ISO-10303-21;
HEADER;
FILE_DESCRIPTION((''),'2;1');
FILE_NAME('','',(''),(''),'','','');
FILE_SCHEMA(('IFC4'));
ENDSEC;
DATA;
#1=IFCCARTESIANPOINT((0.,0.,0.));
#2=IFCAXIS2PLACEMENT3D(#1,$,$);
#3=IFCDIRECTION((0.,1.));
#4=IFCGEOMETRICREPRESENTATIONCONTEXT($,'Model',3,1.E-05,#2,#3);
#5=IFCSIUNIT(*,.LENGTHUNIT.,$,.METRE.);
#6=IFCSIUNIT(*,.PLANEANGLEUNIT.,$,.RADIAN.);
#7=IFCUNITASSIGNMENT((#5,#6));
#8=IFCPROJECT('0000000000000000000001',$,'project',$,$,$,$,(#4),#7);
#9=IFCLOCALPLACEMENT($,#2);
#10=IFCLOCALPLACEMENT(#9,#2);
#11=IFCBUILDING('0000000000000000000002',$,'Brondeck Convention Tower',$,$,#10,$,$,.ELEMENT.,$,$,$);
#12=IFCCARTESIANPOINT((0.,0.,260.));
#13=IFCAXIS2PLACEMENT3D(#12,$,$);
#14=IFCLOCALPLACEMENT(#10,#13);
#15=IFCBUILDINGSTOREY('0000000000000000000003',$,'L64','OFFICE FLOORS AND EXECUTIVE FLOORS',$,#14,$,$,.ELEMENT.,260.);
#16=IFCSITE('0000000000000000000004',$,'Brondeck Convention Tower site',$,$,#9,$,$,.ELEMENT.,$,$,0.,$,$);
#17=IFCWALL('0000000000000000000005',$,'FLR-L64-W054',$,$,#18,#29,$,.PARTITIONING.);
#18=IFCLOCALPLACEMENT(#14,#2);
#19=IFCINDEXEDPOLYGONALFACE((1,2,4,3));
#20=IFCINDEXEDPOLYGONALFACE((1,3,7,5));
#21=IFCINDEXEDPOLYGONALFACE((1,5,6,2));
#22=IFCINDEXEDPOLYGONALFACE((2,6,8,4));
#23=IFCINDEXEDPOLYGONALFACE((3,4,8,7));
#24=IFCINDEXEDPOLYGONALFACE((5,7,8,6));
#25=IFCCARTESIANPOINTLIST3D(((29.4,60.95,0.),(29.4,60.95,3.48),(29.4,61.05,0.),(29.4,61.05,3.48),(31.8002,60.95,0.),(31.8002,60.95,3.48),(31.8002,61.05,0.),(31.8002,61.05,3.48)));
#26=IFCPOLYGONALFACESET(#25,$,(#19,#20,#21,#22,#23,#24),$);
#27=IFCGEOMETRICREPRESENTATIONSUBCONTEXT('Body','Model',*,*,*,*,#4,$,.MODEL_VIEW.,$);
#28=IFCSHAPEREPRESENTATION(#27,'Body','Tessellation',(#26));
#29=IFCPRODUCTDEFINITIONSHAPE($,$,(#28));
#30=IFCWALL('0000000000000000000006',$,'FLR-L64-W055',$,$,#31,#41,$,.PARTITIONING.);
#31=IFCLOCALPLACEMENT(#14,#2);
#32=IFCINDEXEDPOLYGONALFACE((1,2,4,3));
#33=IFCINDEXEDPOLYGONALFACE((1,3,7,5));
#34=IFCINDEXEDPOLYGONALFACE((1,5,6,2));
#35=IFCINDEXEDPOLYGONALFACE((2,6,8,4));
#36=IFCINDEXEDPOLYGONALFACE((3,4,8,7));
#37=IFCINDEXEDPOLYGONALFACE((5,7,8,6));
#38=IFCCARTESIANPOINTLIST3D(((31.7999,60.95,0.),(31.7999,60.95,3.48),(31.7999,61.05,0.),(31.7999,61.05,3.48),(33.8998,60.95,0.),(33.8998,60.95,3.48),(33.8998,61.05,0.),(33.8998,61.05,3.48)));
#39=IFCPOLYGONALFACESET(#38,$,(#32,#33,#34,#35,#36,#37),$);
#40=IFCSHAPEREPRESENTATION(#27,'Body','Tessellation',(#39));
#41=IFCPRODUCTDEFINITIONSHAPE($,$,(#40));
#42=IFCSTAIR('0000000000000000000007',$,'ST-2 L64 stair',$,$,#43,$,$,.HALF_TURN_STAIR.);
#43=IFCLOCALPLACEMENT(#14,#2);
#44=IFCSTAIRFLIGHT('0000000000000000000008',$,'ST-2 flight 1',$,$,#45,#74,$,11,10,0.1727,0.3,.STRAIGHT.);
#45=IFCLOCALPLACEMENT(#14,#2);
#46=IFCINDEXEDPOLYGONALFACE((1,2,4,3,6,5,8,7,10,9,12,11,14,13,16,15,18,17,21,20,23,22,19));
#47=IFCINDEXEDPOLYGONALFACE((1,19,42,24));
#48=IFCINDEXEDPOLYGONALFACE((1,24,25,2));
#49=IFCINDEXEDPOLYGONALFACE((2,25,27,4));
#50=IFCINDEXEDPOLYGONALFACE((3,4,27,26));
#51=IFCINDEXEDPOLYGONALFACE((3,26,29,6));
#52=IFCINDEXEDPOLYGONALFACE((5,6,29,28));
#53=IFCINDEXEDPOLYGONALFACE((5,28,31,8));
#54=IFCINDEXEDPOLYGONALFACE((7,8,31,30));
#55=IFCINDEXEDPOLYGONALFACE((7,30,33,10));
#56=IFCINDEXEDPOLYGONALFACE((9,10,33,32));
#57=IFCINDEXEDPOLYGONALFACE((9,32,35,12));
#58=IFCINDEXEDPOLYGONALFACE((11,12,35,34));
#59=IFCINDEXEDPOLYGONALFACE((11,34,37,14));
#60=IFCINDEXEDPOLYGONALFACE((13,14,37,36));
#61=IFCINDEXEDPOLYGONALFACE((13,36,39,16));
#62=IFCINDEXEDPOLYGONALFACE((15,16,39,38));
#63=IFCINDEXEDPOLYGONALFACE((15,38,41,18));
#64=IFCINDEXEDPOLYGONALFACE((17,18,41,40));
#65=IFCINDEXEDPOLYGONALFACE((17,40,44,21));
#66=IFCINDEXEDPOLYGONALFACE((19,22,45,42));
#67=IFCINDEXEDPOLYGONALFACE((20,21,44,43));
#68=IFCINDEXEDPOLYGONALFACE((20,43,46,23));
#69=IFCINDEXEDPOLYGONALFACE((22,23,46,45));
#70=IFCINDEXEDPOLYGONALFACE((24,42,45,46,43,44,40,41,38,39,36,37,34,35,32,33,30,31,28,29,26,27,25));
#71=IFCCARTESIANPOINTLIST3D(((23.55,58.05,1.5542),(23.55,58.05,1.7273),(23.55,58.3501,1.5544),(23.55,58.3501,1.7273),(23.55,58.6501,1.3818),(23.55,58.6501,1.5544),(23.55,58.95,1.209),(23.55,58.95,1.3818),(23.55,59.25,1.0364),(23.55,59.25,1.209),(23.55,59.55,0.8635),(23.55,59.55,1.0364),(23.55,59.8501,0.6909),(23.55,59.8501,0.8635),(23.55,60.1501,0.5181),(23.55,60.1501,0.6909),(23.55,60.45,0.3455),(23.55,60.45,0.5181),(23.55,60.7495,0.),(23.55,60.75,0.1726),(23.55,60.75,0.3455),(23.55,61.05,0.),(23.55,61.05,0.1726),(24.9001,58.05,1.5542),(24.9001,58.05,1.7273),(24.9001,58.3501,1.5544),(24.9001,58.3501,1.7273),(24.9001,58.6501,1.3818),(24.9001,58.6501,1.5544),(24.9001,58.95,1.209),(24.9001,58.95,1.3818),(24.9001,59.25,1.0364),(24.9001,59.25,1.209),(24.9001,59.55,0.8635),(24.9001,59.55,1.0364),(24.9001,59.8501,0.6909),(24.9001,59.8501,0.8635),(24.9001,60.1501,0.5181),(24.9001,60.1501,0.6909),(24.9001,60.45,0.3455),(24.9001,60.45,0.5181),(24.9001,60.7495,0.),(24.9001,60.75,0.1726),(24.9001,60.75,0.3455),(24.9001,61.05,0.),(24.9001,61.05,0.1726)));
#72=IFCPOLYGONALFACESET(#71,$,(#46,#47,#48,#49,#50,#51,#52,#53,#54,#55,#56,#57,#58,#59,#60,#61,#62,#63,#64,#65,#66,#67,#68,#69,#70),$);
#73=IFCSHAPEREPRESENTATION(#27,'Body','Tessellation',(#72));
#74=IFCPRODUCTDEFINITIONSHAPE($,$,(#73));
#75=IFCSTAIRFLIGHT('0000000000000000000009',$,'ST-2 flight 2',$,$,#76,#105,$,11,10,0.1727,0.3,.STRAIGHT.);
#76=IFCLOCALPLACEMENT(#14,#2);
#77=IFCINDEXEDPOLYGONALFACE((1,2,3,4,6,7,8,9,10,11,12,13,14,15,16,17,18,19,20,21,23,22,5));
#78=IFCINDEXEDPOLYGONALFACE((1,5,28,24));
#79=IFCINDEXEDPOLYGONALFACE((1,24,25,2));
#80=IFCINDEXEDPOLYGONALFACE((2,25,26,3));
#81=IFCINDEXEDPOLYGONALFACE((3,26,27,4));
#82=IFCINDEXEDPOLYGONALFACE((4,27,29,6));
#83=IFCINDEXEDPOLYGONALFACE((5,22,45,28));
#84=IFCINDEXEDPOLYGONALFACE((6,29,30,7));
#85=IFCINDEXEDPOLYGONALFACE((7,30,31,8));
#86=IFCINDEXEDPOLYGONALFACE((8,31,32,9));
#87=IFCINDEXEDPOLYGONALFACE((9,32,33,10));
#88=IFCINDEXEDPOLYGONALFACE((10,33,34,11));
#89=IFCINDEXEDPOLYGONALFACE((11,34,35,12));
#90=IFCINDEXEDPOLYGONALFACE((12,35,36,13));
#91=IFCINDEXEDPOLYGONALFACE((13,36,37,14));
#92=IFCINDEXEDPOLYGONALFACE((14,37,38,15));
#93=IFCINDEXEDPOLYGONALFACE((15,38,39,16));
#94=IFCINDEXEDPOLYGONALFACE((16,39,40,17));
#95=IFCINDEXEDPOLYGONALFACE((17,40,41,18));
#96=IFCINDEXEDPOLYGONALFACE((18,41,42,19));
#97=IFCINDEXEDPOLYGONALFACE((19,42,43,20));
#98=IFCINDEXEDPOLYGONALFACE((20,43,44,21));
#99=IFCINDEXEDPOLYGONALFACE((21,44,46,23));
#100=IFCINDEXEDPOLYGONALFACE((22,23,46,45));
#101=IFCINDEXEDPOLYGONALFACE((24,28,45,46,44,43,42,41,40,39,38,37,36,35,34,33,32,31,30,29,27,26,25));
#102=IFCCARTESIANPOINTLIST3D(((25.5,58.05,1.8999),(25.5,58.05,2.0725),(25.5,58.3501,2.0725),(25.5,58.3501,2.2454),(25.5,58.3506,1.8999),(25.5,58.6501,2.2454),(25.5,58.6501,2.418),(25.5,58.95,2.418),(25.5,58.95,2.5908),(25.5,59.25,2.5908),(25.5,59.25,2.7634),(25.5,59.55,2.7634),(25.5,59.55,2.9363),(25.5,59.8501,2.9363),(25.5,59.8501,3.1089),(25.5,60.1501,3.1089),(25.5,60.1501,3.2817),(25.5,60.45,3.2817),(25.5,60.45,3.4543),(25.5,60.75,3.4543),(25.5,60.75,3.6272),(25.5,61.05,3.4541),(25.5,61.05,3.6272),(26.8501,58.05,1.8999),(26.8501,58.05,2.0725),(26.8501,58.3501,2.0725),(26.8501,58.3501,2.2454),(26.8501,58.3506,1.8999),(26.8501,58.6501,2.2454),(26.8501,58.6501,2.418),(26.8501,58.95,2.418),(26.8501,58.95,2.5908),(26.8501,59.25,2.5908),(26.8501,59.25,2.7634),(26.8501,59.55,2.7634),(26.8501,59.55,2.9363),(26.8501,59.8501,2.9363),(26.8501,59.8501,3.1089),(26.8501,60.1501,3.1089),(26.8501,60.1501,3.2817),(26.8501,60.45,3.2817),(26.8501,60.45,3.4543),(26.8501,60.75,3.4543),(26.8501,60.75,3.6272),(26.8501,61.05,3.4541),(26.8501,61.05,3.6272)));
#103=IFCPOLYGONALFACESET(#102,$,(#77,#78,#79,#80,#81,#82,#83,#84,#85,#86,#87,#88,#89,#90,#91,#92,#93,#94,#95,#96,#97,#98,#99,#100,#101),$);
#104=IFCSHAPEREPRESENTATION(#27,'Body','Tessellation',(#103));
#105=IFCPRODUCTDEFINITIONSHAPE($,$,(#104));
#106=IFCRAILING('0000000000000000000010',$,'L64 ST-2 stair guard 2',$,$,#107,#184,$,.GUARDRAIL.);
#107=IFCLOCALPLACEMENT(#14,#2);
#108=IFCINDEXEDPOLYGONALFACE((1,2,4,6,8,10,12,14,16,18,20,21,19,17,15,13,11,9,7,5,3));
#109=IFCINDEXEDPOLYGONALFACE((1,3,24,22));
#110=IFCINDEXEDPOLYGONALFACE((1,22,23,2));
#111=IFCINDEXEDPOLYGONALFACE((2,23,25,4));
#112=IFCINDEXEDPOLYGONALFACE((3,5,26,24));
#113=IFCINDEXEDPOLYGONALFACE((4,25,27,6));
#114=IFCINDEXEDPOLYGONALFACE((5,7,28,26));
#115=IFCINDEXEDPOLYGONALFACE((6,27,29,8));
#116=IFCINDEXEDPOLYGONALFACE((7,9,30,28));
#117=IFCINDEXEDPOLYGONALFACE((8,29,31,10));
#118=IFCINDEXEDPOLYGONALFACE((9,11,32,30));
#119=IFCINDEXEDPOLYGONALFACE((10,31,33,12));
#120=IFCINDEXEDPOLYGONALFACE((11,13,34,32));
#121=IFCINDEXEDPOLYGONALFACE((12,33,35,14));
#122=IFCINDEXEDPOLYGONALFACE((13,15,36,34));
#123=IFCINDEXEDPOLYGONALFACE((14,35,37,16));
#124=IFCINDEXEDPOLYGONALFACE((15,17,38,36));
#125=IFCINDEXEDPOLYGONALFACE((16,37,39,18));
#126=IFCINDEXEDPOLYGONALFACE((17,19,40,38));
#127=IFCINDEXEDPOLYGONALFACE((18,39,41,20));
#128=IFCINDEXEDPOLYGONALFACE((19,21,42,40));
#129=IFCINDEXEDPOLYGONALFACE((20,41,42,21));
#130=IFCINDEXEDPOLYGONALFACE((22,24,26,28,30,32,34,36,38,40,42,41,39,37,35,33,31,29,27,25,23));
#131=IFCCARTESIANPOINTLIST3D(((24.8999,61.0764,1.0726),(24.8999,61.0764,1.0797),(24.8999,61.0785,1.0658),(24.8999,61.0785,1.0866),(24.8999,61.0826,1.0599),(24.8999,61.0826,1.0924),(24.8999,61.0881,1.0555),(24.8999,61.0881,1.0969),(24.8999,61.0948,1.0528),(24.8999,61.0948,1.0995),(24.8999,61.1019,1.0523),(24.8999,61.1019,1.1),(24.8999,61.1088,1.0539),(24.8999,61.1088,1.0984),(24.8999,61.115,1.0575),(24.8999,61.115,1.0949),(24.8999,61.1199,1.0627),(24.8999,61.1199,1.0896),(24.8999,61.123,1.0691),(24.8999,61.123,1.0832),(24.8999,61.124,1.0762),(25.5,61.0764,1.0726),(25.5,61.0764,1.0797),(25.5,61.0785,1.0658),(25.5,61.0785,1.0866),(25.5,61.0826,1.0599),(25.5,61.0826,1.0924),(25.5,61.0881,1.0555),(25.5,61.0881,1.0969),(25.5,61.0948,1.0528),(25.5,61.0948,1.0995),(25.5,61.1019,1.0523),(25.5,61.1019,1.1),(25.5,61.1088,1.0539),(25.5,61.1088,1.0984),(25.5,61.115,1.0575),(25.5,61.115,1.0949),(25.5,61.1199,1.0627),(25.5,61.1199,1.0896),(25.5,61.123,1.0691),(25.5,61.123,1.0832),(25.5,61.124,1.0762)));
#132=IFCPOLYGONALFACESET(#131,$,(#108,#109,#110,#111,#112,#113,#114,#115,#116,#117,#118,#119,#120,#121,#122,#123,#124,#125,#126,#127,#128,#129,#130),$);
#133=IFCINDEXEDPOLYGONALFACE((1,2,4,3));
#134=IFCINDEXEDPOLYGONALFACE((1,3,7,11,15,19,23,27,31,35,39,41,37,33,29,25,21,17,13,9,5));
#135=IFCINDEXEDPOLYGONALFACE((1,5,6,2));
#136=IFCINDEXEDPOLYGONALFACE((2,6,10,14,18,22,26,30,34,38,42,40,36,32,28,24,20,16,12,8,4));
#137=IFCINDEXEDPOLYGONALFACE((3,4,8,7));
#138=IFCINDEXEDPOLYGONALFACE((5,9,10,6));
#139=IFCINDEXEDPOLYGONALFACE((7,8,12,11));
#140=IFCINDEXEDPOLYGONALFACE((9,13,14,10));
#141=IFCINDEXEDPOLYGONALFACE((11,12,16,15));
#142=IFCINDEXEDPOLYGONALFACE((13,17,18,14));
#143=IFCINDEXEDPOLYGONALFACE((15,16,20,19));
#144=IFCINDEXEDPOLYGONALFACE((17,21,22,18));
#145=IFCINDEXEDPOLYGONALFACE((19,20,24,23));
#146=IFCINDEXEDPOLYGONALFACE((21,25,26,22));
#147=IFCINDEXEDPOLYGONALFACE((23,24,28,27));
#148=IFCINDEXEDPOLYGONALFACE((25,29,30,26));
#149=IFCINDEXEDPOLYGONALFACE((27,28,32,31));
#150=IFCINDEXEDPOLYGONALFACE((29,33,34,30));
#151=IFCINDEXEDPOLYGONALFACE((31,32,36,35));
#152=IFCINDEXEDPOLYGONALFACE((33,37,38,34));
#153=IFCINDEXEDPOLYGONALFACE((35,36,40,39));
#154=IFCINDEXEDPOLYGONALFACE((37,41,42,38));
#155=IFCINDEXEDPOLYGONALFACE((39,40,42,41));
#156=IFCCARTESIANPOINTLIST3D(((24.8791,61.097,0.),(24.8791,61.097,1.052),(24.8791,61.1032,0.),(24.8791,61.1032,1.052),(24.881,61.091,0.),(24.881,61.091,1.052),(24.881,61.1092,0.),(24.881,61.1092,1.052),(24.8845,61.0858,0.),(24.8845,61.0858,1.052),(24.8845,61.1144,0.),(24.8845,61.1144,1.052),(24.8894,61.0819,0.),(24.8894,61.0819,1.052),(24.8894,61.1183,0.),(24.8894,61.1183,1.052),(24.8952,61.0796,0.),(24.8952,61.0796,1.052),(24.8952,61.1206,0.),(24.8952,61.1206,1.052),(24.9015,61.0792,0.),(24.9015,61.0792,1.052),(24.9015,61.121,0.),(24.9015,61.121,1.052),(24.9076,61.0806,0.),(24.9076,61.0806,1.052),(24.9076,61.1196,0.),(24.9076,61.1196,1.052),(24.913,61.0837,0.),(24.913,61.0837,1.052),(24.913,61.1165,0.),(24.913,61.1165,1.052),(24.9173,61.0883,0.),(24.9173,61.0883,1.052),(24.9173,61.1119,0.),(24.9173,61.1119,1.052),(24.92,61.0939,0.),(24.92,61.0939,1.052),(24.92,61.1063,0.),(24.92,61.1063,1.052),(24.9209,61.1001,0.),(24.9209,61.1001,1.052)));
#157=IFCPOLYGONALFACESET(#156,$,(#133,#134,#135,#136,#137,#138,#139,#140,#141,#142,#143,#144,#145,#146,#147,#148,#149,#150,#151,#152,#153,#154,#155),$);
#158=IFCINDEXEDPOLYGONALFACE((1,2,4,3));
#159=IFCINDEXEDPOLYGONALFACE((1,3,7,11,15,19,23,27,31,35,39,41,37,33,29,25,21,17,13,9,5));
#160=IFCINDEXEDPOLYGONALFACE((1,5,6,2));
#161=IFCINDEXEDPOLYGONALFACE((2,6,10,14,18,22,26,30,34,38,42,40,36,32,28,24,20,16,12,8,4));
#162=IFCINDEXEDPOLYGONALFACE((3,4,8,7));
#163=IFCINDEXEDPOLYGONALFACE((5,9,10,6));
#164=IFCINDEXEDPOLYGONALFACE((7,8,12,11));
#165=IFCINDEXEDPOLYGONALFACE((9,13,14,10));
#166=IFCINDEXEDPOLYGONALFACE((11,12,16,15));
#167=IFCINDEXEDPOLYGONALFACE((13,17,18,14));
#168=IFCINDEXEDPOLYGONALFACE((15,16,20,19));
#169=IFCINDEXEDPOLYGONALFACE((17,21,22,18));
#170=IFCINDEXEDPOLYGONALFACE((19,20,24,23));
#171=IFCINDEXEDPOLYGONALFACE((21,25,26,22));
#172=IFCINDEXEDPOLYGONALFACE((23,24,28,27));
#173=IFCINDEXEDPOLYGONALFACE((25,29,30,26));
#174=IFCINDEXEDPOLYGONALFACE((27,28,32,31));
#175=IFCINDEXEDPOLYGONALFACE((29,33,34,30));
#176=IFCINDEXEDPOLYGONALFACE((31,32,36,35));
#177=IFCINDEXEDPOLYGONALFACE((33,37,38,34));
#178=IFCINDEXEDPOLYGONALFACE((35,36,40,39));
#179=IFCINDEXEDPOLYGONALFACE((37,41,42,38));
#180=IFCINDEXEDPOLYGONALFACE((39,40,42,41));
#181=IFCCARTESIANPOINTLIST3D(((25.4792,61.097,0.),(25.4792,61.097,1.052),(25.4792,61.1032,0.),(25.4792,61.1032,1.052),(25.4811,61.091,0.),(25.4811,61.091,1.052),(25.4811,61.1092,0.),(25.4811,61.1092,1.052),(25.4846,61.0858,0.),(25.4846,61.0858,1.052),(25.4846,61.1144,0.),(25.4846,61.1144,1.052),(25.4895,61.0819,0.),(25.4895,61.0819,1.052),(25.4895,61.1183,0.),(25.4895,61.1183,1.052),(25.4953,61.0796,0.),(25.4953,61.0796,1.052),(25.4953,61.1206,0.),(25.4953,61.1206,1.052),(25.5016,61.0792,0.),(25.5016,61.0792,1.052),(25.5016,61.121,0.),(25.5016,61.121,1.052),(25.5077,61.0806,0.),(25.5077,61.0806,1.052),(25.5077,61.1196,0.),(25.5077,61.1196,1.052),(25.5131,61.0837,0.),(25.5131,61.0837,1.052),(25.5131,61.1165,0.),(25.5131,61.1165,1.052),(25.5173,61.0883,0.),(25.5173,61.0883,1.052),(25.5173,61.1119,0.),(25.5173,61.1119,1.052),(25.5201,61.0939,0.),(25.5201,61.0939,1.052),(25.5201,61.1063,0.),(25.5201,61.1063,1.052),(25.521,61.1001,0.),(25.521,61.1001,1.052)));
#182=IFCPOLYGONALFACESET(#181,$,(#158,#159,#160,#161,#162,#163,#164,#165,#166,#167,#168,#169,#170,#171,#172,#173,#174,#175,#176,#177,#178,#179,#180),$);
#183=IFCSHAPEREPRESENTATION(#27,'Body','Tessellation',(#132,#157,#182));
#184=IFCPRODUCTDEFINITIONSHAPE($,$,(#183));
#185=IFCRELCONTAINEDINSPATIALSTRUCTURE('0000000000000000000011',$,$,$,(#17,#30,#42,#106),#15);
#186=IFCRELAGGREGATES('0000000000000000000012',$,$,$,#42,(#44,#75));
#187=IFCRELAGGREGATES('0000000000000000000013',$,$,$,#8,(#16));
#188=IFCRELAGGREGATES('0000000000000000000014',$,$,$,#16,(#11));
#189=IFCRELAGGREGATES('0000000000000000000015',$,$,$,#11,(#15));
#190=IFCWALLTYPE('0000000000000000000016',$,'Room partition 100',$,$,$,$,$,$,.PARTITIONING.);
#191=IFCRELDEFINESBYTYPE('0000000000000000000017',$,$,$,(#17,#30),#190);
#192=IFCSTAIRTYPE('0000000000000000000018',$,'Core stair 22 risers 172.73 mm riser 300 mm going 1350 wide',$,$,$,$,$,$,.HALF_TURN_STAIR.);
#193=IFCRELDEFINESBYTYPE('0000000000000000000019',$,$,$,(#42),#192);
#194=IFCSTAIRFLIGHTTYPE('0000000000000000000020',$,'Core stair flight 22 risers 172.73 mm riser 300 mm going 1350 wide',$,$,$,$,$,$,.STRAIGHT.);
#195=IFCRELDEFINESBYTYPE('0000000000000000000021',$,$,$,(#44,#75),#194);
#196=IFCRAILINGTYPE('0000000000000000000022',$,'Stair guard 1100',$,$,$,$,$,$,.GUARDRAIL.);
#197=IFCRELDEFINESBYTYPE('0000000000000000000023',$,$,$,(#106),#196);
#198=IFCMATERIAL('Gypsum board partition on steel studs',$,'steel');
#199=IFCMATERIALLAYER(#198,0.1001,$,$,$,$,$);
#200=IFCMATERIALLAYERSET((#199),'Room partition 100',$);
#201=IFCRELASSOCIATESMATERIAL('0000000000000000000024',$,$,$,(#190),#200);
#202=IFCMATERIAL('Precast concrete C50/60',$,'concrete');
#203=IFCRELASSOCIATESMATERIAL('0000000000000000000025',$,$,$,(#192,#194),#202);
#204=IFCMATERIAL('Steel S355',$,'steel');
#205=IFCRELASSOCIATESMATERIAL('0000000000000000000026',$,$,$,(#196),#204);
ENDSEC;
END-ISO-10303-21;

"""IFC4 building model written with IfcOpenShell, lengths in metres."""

from ifc_helpers import new_model, si_unit, direction, frame, frame_2d, origin, origin_2d, place, context, subcontext, project, spatial, polyline, rectangle, circle, outline, extrude, material, layer, layer_set, type_object, element, aggregate, save


model = new_model("IFC4")

# Units and contexts
model_context = context("Model", 3, precision=1e-05, world=origin(), true_north=direction((0.0, 1.0)))
body_context = subcontext(model_context, "Body", "Model", "MODEL_VIEW")
ifc_project = project(units=[si_unit("LENGTHUNIT", "METRE"), si_unit("PLANEANGLEUNIT", "RADIAN")], contexts=[model_context])

# Site, building, storey
site_placement = place(None, origin())
site = spatial("IfcSite", under=ifc_project, at=site_placement, Name="Brondeck Convention Tower site", CompositionType="ELEMENT", RefElevation=0.0)
building_placement = place(site_placement, origin())
building = spatial("IfcBuilding", under=site, at=building_placement, Name="Brondeck Convention Tower", CompositionType="ELEMENT")
storey_placement = place(building_placement, frame((0.0, 0.0, 260.0)))
storey = spatial("IfcBuildingStorey", under=building, at=storey_placement, Name="L64", Description="OFFICE FLOORS AND EXECUTIVE FLOORS", CompositionType="ELEMENT", Elevation=260.0)

# Shared definitions
ifc_material_1 = material(Name="Gypsum board partition on steel studs", Category="steel")
ifc_layer_1 = layer(ifc_material_1, 0.1001)
ifc_layer_set_1 = layer_set([ifc_layer_1], Name="Room partition 100")
wall_type_1 = type_object("IfcWallType", Name="Room partition 100", PredefinedType="PARTITIONING", material=ifc_layer_set_1)

# Walls
wall_1_placement = place(storey_placement, frame((29.3999, 61.0, 0.0), z_axis=(0.0, 0.0, 1.0), x_axis=(1.0, 0.0, 0.0)))
element("IfcWall", 1, at=wall_1_placement, inside=storey, type_object=wall_type_1, Name="FLR-L64-W054", PredefinedType="PARTITIONING", context=body_context, shape_type="SweptSolid", body=[
    extrude(rectangle(XDim=2.4001, YDim=0.1001, at=frame_2d((1.2002, 0.0))), origin(), (0.0, 0.0, 1.0), 3.48),
])
wall_2_placement = place(storey_placement, frame((31.8, 61.0, 0.0), z_axis=(0.0, 0.0, 1.0), x_axis=(1.0, 0.0, 0.0)))
element("IfcWall", 2, at=wall_2_placement, inside=storey, type_object=wall_type_1, Name="FLR-L64-W055", PredefinedType="PARTITIONING", context=body_context, shape_type="SweptSolid", body=[
    extrude(rectangle(XDim=2.0999, YDim=0.1001, at=frame_2d((1.0498, 0.0))), origin(), (0.0, 0.0, 1.0), 3.48),
])

# Stair, stair flights
ifc_material_2 = material(Name="Precast concrete C50/60", Category="concrete")
stair_type = type_object("IfcStairType", Name="Core stair 22 risers 172.73 mm riser 300 mm going 1350 wide", PredefinedType="HALF_TURN_STAIR", material=ifc_material_2)
stair_placement = place(storey_placement, origin())
stair = element("IfcStair", 3, at=stair_placement, inside=storey, type_object=stair_type, Name="ST-2 L64 stair", PredefinedType="HALF_TURN_STAIR")
stair_flight_type = type_object("IfcStairFlightType", Name="Core stair flight 22 risers 172.73 mm riser 300 mm going 1350 wide", PredefinedType="STRAIGHT", material=ifc_material_2)
stair_flight_1_placement = place(storey_placement, frame((24.2251, 61.05, 0.0), z_axis=(0.0, 0.0, 1.0), x_axis=(0.0, -1.0, 0.0)))
stair_flight_1 = element("IfcStairFlight", 4, at=stair_flight_1_placement, type_object=stair_flight_type, Name="ST-2 flight 1", NumberOfRisers=11, NumberOfTreads=10, PredefinedType="STRAIGHT", RiserHeight=0.1727, TreadLength=0.3, context=body_context, shape_type="SweptSolid", body=[
    extrude(outline(polyline([(0.0, 0.0), (0.0, 0.1726), (0.3, 0.1726), (0.3, 0.3455), (0.6001, 0.3455), (0.6001, 0.5181), (0.8999, 0.5181), (0.8999, 0.6909), (1.2, 0.6909), (1.2, 0.8635), (1.5, 0.8635), (1.5, 1.0364), (1.8, 1.0364), (1.8, 1.209), (2.1001, 1.209), (2.1001, 1.3818), (2.3999, 1.3818), (2.3999, 1.5544), (2.7, 1.5544), (2.7, 1.7273), (3.0, 1.7273), (3.0, 1.8999), (3.0, 1.5542), (0.3005, 0.0), (0.0, 0.0)])), frame((0.0, 0.675, 0.0), z_axis=(0.0, -1.0, 0.0), x_axis=(1.0, 0.0, 0.0)), (0.0, 0.0, 1.0), 1.3501),
])
stair_flight_2_placement = place(storey_placement, frame((26.175, 58.05, 1.8999), z_axis=(0.0, 0.0, 1.0), x_axis=(0.0, 1.0, 0.0)))
stair_flight_2 = element("IfcStairFlight", 5, at=stair_flight_2_placement, type_object=stair_flight_type, Name="ST-2 flight 2", NumberOfRisers=11, NumberOfTreads=10, PredefinedType="STRAIGHT", RiserHeight=0.1727, TreadLength=0.3, context=body_context, shape_type="SweptSolid", body=[
    extrude(outline(polyline([(0.0, 0.0), (0.0, 0.1726), (0.3, 0.1726), (0.3, 0.3455), (0.6001, 0.3455), (0.6001, 0.5181), (0.8999, 0.5181), (0.8999, 0.6909), (1.2, 0.6909), (1.2, 0.8635), (1.5, 0.8635), (1.5, 1.0364), (1.8, 1.0364), (1.8, 1.209), (2.1001, 1.209), (2.1001, 1.3818), (2.3999, 1.3818), (2.3999, 1.5544), (2.7, 1.5544), (2.7, 1.7273), (3.0, 1.7273), (3.0, 1.8999), (3.0, 1.5542), (0.3005, 0.0), (0.0, 0.0)])), frame((0.0, 0.675, 0.0), z_axis=(0.0, -1.0, 0.0), x_axis=(1.0, 0.0, 0.0)), (0.0, 0.0, 1.0), 1.3501),
])
aggregate(stair, [stair_flight_1, stair_flight_2])

# Railing
ifc_material_3 = material(Name="Steel S355", Category="steel")
railing_type_1 = type_object("IfcRailingType", Name="Stair guard 1100", PredefinedType="GUARDRAIL", material=ifc_material_3)
railing_1_placement = place(storey_placement, frame((24.8999, 61.1001, 0.0)))
element("IfcRailing", 6, at=railing_1_placement, inside=storey, type_object=railing_type_1, Name="L64 ST-2 stair guard 2", PredefinedType="GUARDRAIL", context=body_context, shape_type="SweptSolid", body=[
    extrude(circle(Radius=0.0239, at=origin_2d()), frame((0.0, 0.0, 1.0762), z_axis=(1.0, 0.0, 0.0), x_axis=(0.0, 1.0, 0.0)), (0.0, 0.0, 1.0), 0.6001),
    extrude(circle(Radius=0.021, at=origin_2d()), origin(), (0.0, 0.0, 1.0), 1.052),
    extrude(circle(Radius=0.021, at=origin_2d()), frame((0.6001, 0.0, 0.0)), (0.0, 0.0, 1.0), 1.052),
])

save(model, "model.ifc")
